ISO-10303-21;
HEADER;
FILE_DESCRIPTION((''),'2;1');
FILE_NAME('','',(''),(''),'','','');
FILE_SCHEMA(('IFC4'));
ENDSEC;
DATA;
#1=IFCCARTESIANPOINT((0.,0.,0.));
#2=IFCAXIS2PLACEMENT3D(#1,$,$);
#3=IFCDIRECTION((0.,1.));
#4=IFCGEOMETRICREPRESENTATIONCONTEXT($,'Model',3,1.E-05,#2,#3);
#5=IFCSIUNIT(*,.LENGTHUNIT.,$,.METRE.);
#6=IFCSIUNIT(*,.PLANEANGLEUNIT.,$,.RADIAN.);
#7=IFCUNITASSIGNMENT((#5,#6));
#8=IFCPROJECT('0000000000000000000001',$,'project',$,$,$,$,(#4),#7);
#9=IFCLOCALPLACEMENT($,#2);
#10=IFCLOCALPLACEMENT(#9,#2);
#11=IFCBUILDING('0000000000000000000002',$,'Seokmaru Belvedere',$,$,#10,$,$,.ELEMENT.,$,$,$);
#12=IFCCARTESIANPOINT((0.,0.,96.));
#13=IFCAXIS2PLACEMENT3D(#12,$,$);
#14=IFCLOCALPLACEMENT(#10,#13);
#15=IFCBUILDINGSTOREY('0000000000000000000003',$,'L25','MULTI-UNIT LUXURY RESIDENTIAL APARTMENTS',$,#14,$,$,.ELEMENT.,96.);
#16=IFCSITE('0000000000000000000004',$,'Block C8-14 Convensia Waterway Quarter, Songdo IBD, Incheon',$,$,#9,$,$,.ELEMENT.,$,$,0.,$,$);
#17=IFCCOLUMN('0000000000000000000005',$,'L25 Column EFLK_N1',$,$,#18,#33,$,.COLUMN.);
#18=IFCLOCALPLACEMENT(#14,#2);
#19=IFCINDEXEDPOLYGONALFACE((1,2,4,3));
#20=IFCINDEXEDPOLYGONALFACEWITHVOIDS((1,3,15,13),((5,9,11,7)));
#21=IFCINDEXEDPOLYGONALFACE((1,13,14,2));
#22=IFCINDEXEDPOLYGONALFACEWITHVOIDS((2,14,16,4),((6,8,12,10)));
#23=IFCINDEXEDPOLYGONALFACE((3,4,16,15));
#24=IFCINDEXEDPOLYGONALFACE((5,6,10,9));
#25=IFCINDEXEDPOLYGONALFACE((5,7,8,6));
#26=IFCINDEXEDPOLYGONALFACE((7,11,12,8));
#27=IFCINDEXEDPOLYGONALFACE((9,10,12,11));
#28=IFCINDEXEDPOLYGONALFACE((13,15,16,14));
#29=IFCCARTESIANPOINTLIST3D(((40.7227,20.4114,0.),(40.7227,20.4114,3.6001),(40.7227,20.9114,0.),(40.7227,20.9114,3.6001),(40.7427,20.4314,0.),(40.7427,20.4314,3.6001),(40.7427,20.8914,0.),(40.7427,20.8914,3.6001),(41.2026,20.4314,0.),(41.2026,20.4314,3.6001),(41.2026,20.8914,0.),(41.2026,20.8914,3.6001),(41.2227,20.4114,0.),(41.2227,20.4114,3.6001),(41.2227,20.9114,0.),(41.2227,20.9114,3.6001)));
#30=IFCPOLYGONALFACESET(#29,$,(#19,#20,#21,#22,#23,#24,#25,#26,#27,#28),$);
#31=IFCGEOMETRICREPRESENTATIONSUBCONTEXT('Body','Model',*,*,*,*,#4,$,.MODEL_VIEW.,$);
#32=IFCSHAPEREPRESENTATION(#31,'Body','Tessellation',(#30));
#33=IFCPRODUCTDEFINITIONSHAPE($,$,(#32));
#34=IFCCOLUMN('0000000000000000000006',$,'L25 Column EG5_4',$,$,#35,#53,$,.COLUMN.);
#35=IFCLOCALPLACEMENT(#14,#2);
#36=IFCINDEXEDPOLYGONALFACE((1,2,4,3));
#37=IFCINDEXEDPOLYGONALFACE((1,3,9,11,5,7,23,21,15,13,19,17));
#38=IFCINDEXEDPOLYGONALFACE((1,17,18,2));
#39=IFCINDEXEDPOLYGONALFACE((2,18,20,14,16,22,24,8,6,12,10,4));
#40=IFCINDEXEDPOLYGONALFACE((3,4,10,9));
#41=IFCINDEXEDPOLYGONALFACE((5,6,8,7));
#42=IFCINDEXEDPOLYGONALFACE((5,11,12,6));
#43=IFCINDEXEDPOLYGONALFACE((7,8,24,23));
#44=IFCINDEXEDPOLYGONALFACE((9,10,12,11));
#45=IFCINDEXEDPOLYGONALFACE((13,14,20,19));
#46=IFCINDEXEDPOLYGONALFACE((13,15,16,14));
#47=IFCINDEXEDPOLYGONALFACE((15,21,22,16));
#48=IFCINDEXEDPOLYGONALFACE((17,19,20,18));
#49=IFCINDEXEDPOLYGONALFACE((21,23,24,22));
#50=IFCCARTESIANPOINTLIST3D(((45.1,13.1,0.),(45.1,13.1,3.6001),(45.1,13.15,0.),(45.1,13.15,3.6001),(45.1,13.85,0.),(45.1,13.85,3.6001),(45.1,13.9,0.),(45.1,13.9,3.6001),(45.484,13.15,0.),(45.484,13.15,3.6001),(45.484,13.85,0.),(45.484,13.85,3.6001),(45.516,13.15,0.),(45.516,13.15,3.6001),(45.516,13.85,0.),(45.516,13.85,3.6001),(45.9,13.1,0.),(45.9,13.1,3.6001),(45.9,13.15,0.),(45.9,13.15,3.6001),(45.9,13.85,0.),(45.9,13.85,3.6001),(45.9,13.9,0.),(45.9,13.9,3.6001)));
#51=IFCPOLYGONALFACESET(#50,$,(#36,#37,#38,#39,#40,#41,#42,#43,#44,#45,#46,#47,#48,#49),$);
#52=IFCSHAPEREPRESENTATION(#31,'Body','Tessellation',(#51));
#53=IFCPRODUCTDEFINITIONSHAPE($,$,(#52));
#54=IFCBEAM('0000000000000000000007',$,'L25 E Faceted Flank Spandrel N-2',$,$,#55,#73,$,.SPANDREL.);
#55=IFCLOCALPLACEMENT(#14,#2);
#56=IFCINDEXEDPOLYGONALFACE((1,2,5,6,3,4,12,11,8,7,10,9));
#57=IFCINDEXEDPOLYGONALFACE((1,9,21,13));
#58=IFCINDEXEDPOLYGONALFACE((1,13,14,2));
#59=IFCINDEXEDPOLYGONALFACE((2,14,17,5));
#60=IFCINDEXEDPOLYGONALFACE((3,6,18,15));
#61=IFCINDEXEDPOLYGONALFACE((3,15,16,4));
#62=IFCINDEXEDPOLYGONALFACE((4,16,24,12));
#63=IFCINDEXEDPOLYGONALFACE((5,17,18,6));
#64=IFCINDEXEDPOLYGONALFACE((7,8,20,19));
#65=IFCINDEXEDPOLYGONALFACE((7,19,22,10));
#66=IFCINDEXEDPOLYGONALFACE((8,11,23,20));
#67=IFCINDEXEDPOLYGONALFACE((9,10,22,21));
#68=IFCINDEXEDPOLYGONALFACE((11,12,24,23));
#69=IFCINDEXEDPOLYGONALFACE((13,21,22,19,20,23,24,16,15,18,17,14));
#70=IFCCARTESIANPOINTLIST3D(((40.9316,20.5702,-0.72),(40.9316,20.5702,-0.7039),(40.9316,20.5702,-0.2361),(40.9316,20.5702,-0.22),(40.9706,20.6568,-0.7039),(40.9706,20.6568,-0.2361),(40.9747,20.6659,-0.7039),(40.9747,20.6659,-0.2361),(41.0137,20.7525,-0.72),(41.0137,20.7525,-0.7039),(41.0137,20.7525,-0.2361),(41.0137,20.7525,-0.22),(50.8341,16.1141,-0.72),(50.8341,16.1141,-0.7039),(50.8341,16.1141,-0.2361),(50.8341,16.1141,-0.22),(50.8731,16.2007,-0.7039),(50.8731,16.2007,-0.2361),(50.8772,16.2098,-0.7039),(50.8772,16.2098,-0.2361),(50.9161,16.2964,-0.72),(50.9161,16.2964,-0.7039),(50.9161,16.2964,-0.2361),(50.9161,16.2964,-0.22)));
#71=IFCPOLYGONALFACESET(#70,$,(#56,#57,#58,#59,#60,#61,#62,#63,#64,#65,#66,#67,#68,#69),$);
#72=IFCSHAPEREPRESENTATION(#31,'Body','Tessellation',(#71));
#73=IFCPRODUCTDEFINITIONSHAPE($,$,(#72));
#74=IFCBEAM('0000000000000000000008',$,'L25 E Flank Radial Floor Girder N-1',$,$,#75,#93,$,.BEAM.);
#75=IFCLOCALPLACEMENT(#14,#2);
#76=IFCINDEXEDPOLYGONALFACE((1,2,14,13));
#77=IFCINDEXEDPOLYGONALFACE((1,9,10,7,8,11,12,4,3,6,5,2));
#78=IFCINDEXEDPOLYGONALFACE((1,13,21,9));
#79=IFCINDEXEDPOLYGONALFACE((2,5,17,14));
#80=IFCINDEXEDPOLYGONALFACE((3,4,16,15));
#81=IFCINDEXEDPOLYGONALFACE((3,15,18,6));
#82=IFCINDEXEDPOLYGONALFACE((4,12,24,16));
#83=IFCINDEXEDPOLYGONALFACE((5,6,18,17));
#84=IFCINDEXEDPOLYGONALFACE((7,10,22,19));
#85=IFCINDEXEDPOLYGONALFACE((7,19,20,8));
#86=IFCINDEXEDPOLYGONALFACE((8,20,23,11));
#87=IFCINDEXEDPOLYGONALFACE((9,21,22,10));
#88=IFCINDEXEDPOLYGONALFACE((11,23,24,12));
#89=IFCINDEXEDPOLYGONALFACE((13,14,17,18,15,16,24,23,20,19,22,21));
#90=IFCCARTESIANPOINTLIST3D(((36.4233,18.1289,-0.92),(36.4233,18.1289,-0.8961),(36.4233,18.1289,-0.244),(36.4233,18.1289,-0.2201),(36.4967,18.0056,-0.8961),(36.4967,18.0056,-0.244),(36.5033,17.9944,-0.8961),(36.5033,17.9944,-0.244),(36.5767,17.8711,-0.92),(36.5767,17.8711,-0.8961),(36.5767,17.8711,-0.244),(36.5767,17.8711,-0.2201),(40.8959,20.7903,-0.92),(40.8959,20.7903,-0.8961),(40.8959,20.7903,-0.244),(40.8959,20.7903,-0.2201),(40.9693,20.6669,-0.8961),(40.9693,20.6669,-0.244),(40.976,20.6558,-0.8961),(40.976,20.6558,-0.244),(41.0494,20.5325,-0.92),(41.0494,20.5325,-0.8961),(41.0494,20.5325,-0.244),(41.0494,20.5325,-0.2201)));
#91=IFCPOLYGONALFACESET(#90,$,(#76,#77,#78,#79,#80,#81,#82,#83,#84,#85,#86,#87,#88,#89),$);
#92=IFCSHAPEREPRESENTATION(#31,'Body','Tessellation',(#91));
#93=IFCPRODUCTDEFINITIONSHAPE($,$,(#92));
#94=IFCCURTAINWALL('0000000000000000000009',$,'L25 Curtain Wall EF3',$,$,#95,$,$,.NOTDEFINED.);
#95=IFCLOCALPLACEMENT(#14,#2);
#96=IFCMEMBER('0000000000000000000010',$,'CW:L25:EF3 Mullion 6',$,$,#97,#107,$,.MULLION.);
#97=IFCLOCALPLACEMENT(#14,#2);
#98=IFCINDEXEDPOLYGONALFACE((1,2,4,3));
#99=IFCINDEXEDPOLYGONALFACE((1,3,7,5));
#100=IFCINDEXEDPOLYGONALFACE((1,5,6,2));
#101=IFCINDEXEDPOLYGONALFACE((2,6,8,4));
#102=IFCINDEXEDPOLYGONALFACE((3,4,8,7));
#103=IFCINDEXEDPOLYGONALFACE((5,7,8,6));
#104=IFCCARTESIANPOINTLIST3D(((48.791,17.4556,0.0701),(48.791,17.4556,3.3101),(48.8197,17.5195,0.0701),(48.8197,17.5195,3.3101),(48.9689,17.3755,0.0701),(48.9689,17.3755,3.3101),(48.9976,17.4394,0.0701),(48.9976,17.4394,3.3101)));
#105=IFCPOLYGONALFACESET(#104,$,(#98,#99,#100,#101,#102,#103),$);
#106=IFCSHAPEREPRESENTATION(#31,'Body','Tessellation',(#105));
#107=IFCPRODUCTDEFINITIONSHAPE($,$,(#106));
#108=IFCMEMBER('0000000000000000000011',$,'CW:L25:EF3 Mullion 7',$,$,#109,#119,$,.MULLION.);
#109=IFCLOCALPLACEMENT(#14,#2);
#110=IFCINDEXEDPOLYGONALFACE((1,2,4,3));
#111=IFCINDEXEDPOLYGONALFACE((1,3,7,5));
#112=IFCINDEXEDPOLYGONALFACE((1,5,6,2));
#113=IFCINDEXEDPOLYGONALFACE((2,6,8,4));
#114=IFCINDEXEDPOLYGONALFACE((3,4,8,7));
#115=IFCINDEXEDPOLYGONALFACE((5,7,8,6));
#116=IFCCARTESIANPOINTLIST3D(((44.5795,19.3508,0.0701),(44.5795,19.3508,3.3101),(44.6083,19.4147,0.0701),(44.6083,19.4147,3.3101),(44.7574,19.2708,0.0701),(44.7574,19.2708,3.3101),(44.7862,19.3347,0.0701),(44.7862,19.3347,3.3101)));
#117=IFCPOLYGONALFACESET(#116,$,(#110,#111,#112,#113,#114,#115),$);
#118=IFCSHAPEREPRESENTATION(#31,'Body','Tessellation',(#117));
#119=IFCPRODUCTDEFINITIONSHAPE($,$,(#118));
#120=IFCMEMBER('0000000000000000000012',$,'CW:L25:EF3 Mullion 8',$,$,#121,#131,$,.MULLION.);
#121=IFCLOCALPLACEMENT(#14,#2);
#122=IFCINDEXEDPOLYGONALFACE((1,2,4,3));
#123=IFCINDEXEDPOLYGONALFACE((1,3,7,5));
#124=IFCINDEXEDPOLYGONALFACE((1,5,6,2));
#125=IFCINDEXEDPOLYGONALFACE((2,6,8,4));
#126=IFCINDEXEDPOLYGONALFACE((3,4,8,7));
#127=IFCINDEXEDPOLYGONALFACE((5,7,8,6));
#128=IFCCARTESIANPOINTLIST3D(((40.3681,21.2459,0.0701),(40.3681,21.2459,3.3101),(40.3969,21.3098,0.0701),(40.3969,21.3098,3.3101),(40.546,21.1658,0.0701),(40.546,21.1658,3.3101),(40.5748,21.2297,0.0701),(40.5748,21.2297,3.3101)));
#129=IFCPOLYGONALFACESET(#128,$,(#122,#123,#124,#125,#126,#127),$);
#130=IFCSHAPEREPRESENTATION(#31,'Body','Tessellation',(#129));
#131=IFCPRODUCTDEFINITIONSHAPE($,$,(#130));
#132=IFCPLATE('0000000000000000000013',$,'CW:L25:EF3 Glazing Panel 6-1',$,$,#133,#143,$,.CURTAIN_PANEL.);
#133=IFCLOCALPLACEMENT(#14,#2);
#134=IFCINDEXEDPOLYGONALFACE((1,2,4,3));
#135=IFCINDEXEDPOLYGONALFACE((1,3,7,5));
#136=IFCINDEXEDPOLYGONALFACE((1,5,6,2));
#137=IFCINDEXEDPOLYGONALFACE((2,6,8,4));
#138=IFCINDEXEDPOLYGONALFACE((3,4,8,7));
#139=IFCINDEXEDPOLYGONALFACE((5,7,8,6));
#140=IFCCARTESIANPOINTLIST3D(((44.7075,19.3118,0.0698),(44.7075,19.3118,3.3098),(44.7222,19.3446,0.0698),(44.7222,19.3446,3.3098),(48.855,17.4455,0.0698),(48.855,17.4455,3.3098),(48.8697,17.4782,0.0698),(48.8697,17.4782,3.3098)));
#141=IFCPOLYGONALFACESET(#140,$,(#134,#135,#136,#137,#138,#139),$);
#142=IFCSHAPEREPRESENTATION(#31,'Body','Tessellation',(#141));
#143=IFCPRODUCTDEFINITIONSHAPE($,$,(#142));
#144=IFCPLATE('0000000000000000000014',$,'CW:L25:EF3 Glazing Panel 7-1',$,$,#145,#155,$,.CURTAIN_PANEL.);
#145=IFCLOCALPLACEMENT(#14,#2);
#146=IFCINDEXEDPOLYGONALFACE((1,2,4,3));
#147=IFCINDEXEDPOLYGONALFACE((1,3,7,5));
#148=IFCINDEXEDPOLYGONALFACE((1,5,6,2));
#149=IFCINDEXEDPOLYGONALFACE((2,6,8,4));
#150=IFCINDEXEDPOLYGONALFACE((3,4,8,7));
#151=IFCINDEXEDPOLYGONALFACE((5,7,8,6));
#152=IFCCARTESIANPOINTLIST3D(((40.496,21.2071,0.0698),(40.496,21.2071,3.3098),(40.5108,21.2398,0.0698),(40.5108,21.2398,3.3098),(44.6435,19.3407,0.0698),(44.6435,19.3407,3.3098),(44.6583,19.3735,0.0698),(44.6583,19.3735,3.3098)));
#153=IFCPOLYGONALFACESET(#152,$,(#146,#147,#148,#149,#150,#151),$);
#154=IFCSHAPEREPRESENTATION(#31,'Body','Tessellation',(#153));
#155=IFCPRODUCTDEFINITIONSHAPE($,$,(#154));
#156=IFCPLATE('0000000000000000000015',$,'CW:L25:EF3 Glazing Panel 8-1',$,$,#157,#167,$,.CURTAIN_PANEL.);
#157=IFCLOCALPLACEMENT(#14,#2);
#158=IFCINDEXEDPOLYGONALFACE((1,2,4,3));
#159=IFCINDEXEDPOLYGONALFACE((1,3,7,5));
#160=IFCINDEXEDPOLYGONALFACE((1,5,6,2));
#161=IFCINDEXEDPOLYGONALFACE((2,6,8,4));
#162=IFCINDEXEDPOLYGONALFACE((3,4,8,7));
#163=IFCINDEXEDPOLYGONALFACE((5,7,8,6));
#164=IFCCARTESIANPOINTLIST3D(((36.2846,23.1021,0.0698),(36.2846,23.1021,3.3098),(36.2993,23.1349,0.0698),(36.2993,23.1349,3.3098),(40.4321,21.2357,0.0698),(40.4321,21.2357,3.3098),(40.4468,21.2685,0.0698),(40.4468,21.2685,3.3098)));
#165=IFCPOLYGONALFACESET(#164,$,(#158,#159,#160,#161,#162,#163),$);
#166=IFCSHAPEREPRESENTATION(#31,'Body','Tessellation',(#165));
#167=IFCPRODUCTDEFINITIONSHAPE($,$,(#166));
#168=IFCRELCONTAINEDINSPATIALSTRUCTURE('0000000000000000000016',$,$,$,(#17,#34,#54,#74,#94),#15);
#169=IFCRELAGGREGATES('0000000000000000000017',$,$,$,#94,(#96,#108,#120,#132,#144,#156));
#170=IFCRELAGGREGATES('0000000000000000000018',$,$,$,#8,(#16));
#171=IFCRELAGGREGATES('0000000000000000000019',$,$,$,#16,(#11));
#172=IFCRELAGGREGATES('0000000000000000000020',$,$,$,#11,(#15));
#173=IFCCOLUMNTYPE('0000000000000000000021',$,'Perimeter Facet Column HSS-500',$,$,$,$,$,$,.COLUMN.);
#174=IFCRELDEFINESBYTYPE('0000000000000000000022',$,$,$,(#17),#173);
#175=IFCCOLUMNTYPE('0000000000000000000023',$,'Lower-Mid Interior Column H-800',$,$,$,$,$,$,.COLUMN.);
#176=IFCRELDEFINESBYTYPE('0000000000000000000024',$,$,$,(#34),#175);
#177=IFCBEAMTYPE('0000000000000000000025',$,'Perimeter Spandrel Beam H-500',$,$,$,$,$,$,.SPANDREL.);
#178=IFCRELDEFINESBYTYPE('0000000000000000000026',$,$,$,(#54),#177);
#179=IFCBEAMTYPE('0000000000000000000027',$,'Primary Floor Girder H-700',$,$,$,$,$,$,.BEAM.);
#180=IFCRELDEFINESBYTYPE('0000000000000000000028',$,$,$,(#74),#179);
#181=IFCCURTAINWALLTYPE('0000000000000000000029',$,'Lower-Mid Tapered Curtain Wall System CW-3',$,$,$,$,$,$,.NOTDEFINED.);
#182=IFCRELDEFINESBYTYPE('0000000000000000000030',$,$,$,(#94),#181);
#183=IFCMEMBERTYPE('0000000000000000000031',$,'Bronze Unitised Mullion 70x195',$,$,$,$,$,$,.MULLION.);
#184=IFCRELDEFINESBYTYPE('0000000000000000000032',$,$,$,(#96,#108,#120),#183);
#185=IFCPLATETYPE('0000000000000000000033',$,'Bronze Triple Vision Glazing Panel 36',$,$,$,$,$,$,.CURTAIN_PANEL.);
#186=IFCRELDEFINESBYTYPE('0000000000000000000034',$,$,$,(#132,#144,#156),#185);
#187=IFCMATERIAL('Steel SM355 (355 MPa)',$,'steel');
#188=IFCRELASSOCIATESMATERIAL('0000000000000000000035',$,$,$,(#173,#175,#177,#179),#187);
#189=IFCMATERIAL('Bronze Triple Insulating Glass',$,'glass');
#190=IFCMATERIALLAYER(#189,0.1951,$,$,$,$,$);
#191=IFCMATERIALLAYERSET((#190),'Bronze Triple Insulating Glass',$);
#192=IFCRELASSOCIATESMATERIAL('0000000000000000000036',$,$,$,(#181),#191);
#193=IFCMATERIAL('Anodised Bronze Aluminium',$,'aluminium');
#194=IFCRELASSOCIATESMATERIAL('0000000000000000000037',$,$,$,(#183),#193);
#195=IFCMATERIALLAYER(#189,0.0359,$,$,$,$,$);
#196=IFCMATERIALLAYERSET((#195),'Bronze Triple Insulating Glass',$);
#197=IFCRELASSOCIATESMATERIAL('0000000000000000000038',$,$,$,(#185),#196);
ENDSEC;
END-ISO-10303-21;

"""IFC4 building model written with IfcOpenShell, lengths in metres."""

from ifc_helpers import new_model, si_unit, direction, frame, origin, origin_2d, place, context, subcontext, project, spatial, rectangle, hollow_rectangle, i_section, extrude, source, transform, mapped, material, layer, layer_set, material_profile, profile_set, type_object, type_shapes, element, aggregate, save


model = new_model("IFC4")

# Units and contexts
model_context = context("Model", 3, precision=1e-05, world=origin(), true_north=direction((0.0, 1.0)))
body_context = subcontext(model_context, "Body", "Model", "MODEL_VIEW")
ifc_project = project(units=[si_unit("LENGTHUNIT", "METRE"), si_unit("PLANEANGLEUNIT", "RADIAN")], contexts=[model_context])

# Site, building, storey
site_placement = place(None, origin())
site = spatial("IfcSite", under=ifc_project, at=site_placement, Name="Block C8-14 Convensia Waterway Quarter, Songdo IBD, Incheon", CompositionType="ELEMENT", RefElevation=0.0)
building_placement = place(site_placement, origin())
building = spatial("IfcBuilding", under=site, at=building_placement, Name="Seokmaru Belvedere", CompositionType="ELEMENT")
storey_placement = place(building_placement, frame((0.0, 0.0, 96.0)))
storey = spatial("IfcBuildingStorey", under=building, at=storey_placement, Name="L25", Description="MULTI-UNIT LUXURY RESIDENTIAL APARTMENTS", CompositionType="ELEMENT", Elevation=96.0)

# Columns
ifc_material_1 = material(Name="Steel SM355 (355 MPa)", Category="steel")
ifc_material_profile_1 = material_profile(ifc_material_1, hollow_rectangle(XDim=0.5, YDim=0.5, WallThickness=0.02, at=origin_2d()), Name="HSS-500x500x20")
ifc_profile_set_1 = profile_set([ifc_material_profile_1], Name="Steel SM355 (355 MPa)")
column_type_1 = type_object("IfcColumnType", Name="Perimeter Facet Column HSS-500", PredefinedType="COLUMN", material=ifc_profile_set_1)
shared_shape_1 = source(origin(), body_context, "Body", "SweptSolid", [
    extrude(hollow_rectangle(XDim=0.5, YDim=0.5, WallThickness=0.02, at=origin_2d()), origin(), (0.0, 0.0, 1.0), 3.6001),
])
type_shapes(column_type_1, [shared_shape_1])
column_1_placement = place(storey_placement, frame((40.9727, 20.6614, 0.0), z_axis=(0.0, 0.0, 1.0), x_axis=(1.0, 0.0, 0.0)))
element("IfcColumn", 1, at=column_1_placement, inside=storey, type_object=column_type_1, Name="L25 Column EFLK_N1", PredefinedType="COLUMN", context=body_context, shape_type="MappedRepresentation", body=[
    mapped(shared_shape_1, transform((0.0, 0.0, 0.0), scale=1.0)),
])
ifc_material_profile_2 = material_profile(ifc_material_1, i_section(OverallWidth=0.8, OverallDepth=0.8, WebThickness=0.032, FlangeThickness=0.05, at=origin_2d()), Name="H-800x800x32x50")
ifc_profile_set_2 = profile_set([ifc_material_profile_2], Name="Steel SM355 (355 MPa)")
column_type_2 = type_object("IfcColumnType", Name="Lower-Mid Interior Column H-800", PredefinedType="COLUMN", material=ifc_profile_set_2)
shared_shape_2 = source(origin(), body_context, "Body", "SweptSolid", [
    extrude(i_section(OverallWidth=0.8, OverallDepth=0.8, WebThickness=0.032, FlangeThickness=0.05, at=origin_2d()), origin(), (0.0, 0.0, 1.0), 3.6001),
])
type_shapes(column_type_2, [shared_shape_2])
column_2_placement = place(storey_placement, frame((45.5, 13.5, 0.0), z_axis=(0.0, 0.0, 1.0), x_axis=(1.0, 0.0, 0.0)))
element("IfcColumn", 2, at=column_2_placement, inside=storey, type_object=column_type_2, Name="L25 Column EG5_4", PredefinedType="COLUMN", context=body_context, shape_type="MappedRepresentation", body=[
    mapped(shared_shape_2, transform((0.0, 0.0, 0.0), scale=1.0)),
])

# Beams
ifc_material_profile_3 = material_profile(ifc_material_1, i_section(OverallWidth=0.2, OverallDepth=0.5, WebThickness=0.01, FlangeThickness=0.0161, at=origin_2d()), Name="H-500x200x10x16")
ifc_profile_set_3 = profile_set([ifc_material_profile_3], Name="Steel SM355 (355 MPa)")
beam_type_1 = type_object("IfcBeamType", Name="Perimeter Spandrel Beam H-500", PredefinedType="SPANDREL", material=ifc_profile_set_3)
shared_shape_3 = source(origin(), body_context, "Body", "SweptSolid", [
    extrude(i_section(OverallWidth=0.2, OverallDepth=0.5, WebThickness=0.01, FlangeThickness=0.0161, at=origin_2d()), origin(), (0.0, 0.0, 1.0), 10.8589),
])
type_shapes(beam_type_1, [shared_shape_3])
beam_1_placement = place(storey_placement, frame((40.9727, 20.6614, -0.47), z_axis=(0.911922, -0.410365, 0.0), x_axis=(0.410365, 0.911922, 0.0)))
element("IfcBeam", 3, at=beam_1_placement, inside=storey, type_object=beam_type_1, Name="L25 E Faceted Flank Spandrel N-2", PredefinedType="SPANDREL", context=body_context, shape_type="MappedRepresentation", body=[
    mapped(shared_shape_3, transform((0.0, 0.0, 0.0), scale=1.0)),
])
ifc_material_profile_4 = material_profile(ifc_material_1, i_section(OverallWidth=0.3, OverallDepth=0.7, WebThickness=0.0129, FlangeThickness=0.0239, at=origin_2d()), Name="H-700x300x13x24")
ifc_profile_set_4 = profile_set([ifc_material_profile_4], Name="Steel SM355 (355 MPa)")
beam_type_2 = type_object("IfcBeamType", Name="Primary Floor Girder H-700", PredefinedType="BEAM", material=ifc_profile_set_4)
shared_shape_4 = source(origin(), body_context, "Body", "SweptSolid", [
    extrude(i_section(OverallWidth=0.3, OverallDepth=0.7, WebThickness=0.0129, FlangeThickness=0.0239, at=origin_2d()), origin(), (0.0, 0.0, 1.0), 5.2046),
])
type_shapes(beam_type_2, [shared_shape_4])
beam_2_placement = place(storey_placement, frame((40.9727, 20.6614, -0.5701), z_axis=(-0.85937, -0.511354, 0.0), x_axis=(0.511354, -0.85937, 0.0)))
element("IfcBeam", 4, at=beam_2_placement, inside=storey, type_object=beam_type_2, Name="L25 E Flank Radial Floor Girder N-1", PredefinedType="BEAM", context=body_context, shape_type="MappedRepresentation", body=[
    mapped(shared_shape_4, transform((0.0, 0.0, 0.0), scale=1.0)),
])

# Curtain wall, members, plates
ifc_material_2 = material(Name="Bronze Triple Insulating Glass", Category="glass")
ifc_layer_1 = layer(ifc_material_2, 0.1951)
ifc_layer_set_1 = layer_set([ifc_layer_1], Name="Bronze Triple Insulating Glass")
curtain_wall_type = type_object("IfcCurtainWallType", Name="Lower-Mid Tapered Curtain Wall System CW-3", PredefinedType="NOTDEFINED", material=ifc_layer_set_1)
curtain_wall_placement = place(storey_placement, origin())
curtain_wall = element("IfcCurtainWall", 5, at=curtain_wall_placement, inside=storey, type_object=curtain_wall_type, Name="L25 Curtain Wall EF3", PredefinedType="NOTDEFINED")
ifc_material_3 = material(Name="Anodised Bronze Aluminium", Category="aluminium")
ifc_material_profile_5 = material_profile(ifc_material_3, rectangle(XDim=0.0701, YDim=0.1951, at=origin_2d()), Name="CW-M-70x195")
ifc_profile_set_5 = profile_set([ifc_material_profile_5], Name="Anodised Bronze Aluminium")
member_type = type_object("IfcMemberType", Name="Bronze Unitised Mullion 70x195", PredefinedType="MULLION", material=ifc_profile_set_5)
shared_shape_5 = source(origin(), body_context, "Body", "SweptSolid", [
    extrude(rectangle(XDim=0.0701, YDim=0.1951, at=origin_2d()), origin(), (0.0, 0.0, 1.0), 3.24),
])
type_shapes(member_type, [shared_shape_5])
member_1_placement = place(storey_placement, frame((48.8943, 17.4475, 0.0701), z_axis=(0.0, 0.0, 1.0), x_axis=(-0.410366, -0.911921, 0.0)))
member_1 = element("IfcMember", 6, at=member_1_placement, type_object=member_type, Name="CW:L25:EF3 Mullion 6", PredefinedType="MULLION", context=body_context, shape_type="MappedRepresentation", body=[
    mapped(shared_shape_5, transform((0.0, 0.0, 0.0), scale=1.0)),
])
member_2_placement = place(storey_placement, frame((44.6829, 19.3428, 0.0701), z_axis=(0.0, 0.0, 1.0), x_axis=(-0.410366, -0.911921, 0.0)))
member_2 = element("IfcMember", 7, at=member_2_placement, type_object=member_type, Name="CW:L25:EF3 Mullion 7", PredefinedType="MULLION", context=body_context, shape_type="MappedRepresentation", body=[
    mapped(shared_shape_5, transform((0.0, 0.0, 0.0), scale=1.0)),
])
member_3_placement = place(storey_placement, frame((40.4714, 21.2378, 0.0701), z_axis=(0.0, 0.0, 1.0), x_axis=(-0.410366, -0.911921, 0.0)))
member_3 = element("IfcMember", 8, at=member_3_placement, type_object=member_type, Name="CW:L25:EF3 Mullion 8", PredefinedType="MULLION", context=body_context, shape_type="MappedRepresentation", body=[
    mapped(shared_shape_5, transform((0.0, 0.0, 0.0), scale=1.0)),
])
ifc_layer_2 = layer(ifc_material_2, 0.0359)
ifc_layer_set_2 = layer_set([ifc_layer_2], Name="Bronze Triple Insulating Glass")
plate_type = type_object("IfcPlateType", Name="Bronze Triple Vision Glazing Panel 36", PredefinedType="CURTAIN_PANEL", material=ifc_layer_set_2)
shared_shape_6 = source(origin(), body_context, "Body", "SweptSolid", [
    extrude(rectangle(XDim=4.5481, YDim=0.0359, at=origin_2d()), origin(), (0.0, 0.0, 1.0), 3.24),
])
type_shapes(plate_type, [shared_shape_6])
plate_1_placement = place(storey_placement, frame((46.7886, 18.395, 0.0698), z_axis=(0.0, 0.0, 1.0), x_axis=(-0.911921, 0.410366, 0.0)))
plate_1 = element("IfcPlate", 9, at=plate_1_placement, type_object=plate_type, Name="CW:L25:EF3 Glazing Panel 6-1", PredefinedType="CURTAIN_PANEL", context=body_context, shape_type="MappedRepresentation", body=[
    mapped(shared_shape_6, transform((0.0, 0.0, 0.0), scale=1.0)),
])
plate_2_placement = place(storey_placement, frame((42.5771, 20.2903, 0.0698), z_axis=(0.0, 0.0, 1.0), x_axis=(-0.911921, 0.410366, 0.0)))
plate_2 = element("IfcPlate", 10, at=plate_2_placement, type_object=plate_type, Name="CW:L25:EF3 Glazing Panel 7-1", PredefinedType="CURTAIN_PANEL", context=body_context, shape_type="MappedRepresentation", body=[
    mapped(shared_shape_6, transform((0.0, 0.0, 0.0), scale=1.0)),
])
plate_3_placement = place(storey_placement, frame((38.3657, 22.1853, 0.0698), z_axis=(0.0, 0.0, 1.0), x_axis=(-0.911921, 0.410366, 0.0)))
plate_3 = element("IfcPlate", 11, at=plate_3_placement, type_object=plate_type, Name="CW:L25:EF3 Glazing Panel 8-1", PredefinedType="CURTAIN_PANEL", context=body_context, shape_type="MappedRepresentation", body=[
    mapped(shared_shape_6, transform((0.0, 0.0, 0.0), scale=1.0)),
])
aggregate(curtain_wall, [member_1, member_2, member_3, plate_1, plate_2, plate_3])

save(model, "model.ifc")
